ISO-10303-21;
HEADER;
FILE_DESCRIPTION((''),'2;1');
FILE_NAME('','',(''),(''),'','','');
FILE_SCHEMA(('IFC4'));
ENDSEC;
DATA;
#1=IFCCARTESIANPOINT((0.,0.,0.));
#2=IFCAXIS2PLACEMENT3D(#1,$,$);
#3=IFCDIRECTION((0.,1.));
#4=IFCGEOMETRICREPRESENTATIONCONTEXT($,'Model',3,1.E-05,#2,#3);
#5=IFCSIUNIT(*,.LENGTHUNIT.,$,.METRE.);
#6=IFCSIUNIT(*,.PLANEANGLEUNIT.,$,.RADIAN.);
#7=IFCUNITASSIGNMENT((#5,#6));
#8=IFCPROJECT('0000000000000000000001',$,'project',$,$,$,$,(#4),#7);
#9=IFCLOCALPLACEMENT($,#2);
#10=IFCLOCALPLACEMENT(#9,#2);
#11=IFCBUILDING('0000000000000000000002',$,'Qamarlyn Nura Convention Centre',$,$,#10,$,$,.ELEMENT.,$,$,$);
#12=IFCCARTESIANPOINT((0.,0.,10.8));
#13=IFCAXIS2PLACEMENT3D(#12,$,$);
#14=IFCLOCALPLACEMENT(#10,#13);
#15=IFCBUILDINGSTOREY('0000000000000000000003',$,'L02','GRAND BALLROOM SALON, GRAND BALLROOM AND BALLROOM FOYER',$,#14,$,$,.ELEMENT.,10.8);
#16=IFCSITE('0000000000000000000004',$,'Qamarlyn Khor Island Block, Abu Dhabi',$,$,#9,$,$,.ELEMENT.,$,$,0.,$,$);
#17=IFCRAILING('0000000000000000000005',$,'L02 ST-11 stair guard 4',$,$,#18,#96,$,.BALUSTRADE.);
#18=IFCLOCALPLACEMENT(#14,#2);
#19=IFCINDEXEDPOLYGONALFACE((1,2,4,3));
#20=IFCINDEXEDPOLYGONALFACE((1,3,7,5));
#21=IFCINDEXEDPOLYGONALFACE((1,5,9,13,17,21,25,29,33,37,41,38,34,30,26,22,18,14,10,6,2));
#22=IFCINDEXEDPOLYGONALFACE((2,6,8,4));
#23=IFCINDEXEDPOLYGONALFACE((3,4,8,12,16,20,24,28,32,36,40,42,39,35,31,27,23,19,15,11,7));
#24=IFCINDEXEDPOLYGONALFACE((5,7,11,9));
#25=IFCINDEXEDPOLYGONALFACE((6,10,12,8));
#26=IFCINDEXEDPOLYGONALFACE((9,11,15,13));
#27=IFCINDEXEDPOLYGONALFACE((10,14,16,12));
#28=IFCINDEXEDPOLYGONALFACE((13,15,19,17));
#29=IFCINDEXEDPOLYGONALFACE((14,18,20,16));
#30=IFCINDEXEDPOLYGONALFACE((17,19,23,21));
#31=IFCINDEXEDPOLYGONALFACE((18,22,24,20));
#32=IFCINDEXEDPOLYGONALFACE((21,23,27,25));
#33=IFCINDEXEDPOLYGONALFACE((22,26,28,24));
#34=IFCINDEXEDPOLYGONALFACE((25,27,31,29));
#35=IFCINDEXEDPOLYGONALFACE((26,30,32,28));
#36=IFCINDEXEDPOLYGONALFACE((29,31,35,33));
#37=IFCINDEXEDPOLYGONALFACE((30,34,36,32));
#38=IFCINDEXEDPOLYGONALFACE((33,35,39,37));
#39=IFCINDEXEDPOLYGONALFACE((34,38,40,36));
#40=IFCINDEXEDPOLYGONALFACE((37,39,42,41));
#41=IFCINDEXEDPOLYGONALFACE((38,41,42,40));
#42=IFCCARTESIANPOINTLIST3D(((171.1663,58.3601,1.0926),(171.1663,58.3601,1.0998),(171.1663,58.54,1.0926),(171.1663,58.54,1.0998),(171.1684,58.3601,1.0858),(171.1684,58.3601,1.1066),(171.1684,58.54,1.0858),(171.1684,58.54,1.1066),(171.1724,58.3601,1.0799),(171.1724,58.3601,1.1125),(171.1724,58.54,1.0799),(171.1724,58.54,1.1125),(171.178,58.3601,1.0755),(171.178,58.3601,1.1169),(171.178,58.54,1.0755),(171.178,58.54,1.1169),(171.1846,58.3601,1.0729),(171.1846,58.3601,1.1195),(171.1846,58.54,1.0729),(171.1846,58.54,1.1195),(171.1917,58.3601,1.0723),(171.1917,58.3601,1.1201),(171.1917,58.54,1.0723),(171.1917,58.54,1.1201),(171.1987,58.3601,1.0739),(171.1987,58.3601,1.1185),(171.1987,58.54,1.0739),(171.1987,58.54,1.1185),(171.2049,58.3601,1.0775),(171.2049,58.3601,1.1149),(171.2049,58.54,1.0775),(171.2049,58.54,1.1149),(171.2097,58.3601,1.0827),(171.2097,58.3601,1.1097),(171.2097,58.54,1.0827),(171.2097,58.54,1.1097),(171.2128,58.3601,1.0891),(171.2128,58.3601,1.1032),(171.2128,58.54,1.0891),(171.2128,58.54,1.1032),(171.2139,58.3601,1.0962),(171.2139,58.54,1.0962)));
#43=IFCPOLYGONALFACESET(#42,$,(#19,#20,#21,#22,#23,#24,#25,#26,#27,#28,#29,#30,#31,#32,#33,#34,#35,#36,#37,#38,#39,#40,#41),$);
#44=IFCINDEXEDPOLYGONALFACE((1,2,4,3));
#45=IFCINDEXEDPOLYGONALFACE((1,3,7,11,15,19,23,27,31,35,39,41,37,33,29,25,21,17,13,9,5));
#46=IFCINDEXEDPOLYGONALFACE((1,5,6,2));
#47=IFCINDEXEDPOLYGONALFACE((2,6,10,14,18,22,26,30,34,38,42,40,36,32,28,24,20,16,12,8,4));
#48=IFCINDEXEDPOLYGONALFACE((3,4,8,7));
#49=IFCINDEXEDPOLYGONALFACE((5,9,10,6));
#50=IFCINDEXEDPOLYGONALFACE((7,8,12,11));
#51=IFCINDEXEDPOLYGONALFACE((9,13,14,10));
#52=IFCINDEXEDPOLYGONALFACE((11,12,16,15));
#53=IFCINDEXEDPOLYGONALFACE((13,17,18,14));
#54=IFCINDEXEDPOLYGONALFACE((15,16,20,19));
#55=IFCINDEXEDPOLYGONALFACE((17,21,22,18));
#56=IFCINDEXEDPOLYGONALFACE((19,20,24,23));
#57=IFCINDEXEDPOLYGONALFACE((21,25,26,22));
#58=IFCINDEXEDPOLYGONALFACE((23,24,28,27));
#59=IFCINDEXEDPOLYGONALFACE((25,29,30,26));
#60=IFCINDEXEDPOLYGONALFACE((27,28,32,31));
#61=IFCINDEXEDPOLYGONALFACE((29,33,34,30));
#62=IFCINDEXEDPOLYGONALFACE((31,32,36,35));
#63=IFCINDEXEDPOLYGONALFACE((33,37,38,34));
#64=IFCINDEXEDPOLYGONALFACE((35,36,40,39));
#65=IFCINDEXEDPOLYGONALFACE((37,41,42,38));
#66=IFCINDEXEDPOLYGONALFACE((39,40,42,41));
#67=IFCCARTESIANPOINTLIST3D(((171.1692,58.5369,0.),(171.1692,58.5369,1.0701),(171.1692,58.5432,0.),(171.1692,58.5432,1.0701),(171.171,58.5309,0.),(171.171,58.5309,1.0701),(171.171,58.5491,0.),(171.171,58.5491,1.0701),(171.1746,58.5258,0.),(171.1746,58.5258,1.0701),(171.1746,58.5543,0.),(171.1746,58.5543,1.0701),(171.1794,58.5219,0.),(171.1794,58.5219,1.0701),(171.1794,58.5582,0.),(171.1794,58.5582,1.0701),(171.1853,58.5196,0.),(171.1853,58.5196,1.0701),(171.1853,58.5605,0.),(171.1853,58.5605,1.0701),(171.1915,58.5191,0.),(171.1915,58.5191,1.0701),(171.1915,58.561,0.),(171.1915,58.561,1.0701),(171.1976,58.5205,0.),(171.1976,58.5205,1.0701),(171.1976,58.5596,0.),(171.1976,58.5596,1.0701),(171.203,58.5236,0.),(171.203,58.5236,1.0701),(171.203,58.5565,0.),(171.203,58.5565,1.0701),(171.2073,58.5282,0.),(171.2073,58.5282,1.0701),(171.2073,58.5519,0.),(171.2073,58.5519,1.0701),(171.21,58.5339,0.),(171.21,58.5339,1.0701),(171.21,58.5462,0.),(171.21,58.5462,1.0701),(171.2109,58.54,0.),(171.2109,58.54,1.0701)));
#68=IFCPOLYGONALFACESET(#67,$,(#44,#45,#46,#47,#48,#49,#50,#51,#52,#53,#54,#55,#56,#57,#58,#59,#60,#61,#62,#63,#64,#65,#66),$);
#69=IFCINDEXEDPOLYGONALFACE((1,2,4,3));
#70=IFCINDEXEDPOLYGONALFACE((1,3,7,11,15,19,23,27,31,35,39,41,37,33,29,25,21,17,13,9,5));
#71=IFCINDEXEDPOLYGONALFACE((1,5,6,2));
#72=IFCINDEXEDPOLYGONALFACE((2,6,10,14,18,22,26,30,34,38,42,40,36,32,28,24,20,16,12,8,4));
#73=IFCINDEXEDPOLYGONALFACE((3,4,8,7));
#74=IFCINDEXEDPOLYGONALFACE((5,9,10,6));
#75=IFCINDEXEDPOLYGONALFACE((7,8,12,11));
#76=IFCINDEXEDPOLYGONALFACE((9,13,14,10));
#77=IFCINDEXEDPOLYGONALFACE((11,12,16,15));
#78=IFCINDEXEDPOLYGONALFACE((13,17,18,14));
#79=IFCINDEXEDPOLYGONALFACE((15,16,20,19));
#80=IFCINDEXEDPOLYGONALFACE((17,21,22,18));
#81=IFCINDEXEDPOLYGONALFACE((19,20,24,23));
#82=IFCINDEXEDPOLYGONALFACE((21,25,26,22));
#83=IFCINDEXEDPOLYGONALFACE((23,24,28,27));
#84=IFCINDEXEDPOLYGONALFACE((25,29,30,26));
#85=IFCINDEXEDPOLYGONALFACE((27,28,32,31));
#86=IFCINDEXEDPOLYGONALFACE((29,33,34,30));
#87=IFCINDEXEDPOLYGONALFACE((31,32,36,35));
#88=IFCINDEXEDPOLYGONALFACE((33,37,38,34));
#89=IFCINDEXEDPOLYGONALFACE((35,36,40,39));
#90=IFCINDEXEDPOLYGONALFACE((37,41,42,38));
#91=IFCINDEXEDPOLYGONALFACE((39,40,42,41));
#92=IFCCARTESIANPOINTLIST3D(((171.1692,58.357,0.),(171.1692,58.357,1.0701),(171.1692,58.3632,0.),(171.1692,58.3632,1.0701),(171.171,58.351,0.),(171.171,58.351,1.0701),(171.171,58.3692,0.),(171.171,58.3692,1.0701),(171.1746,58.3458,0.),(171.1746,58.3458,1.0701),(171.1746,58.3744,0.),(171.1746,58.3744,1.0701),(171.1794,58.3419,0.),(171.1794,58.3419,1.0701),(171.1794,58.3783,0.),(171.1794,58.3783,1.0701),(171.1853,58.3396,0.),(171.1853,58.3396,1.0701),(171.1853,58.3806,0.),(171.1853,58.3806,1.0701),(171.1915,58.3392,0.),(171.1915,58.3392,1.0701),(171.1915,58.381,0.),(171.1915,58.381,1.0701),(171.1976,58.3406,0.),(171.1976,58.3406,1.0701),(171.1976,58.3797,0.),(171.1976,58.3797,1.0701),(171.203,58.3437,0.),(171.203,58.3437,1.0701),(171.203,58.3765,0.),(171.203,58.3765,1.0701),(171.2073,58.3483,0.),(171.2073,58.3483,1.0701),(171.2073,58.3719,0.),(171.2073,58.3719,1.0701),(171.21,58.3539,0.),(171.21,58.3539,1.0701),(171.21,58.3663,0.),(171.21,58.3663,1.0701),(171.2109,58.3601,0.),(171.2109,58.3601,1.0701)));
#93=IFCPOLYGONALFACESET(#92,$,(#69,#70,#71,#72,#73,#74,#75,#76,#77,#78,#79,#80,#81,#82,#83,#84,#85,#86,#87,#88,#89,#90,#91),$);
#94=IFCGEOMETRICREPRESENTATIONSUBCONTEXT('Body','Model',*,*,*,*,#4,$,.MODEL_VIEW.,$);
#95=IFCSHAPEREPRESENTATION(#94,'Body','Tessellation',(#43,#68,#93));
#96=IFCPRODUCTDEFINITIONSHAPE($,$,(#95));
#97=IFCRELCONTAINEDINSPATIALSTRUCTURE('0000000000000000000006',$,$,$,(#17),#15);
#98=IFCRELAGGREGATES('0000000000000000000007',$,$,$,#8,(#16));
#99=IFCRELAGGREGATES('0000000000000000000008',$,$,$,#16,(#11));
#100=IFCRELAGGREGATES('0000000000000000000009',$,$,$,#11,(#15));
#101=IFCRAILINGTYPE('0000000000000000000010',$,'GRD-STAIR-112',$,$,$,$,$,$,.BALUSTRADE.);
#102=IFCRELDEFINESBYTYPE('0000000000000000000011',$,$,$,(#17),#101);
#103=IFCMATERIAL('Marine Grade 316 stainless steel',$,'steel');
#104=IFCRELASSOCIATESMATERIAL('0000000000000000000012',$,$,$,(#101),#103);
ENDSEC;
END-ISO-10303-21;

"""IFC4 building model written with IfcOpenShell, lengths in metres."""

from ifc_helpers import new_model, si_unit, direction, frame, origin, origin_2d, place, context, subcontext, project, spatial, circle, extrude, material, type_object, element, save


model = new_model("IFC4")

# Units and contexts
model_context = context("Model", 3, precision=1e-05, world=origin(), true_north=direction((0.0, 1.0)))
body_context = subcontext(model_context, "Body", "Model", "MODEL_VIEW")
ifc_project = project(units=[si_unit("LENGTHUNIT", "METRE"), si_unit("PLANEANGLEUNIT", "RADIAN")], contexts=[model_context])

# Site, building, storey
site_placement = place(None, origin())
site = spatial("IfcSite", under=ifc_project, at=site_placement, Name="Qamarlyn Khor Island Block, Abu Dhabi", CompositionType="ELEMENT", RefElevation=0.0)
building_placement = place(site_placement, origin())
building = spatial("IfcBuilding", under=site, at=building_placement, Name="Qamarlyn Nura Convention Centre", CompositionType="ELEMENT")
storey_placement = place(building_placement, frame((0.0, 0.0, 10.8)))
storey = spatial("IfcBuildingStorey", under=building, at=storey_placement, Name="L02", Description="GRAND BALLROOM SALON, GRAND BALLROOM AND BALLROOM FOYER", CompositionType="ELEMENT", Elevation=10.8)

# Railing
ifc_material_1 = material(Name="Marine Grade 316 stainless steel", Category="steel")
railing_type_1 = type_object("IfcRailingType", Name="GRD-STAIR-112", PredefinedType="BALUSTRADE", material=ifc_material_1)
railing_1_placement = place(storey_placement, frame((171.1899, 58.54, 0.0)))
element("IfcRailing", 1, at=railing_1_placement, inside=storey, type_object=railing_type_1, Name="L02 ST-11 stair guard 4", PredefinedType="BALUSTRADE", context=body_context, shape_type="SweptSolid", body=[
    extrude(circle(Radius=0.0239, at=origin_2d()), frame((0.0, 0.0, 1.0962), z_axis=(0.0, -1.0, 0.0), x_axis=(1.0, 0.0, 0.0)), (0.0, 0.0, 1.0), 0.1799),
    extrude(circle(Radius=0.021, at=origin_2d()), origin(), (0.0, 0.0, 1.0), 1.0701),
    extrude(circle(Radius=0.021, at=origin_2d()), frame((0.0, -0.1799, 0.0)), (0.0, 0.0, 1.0), 1.0701),
])

save(model, "model.ifc")
